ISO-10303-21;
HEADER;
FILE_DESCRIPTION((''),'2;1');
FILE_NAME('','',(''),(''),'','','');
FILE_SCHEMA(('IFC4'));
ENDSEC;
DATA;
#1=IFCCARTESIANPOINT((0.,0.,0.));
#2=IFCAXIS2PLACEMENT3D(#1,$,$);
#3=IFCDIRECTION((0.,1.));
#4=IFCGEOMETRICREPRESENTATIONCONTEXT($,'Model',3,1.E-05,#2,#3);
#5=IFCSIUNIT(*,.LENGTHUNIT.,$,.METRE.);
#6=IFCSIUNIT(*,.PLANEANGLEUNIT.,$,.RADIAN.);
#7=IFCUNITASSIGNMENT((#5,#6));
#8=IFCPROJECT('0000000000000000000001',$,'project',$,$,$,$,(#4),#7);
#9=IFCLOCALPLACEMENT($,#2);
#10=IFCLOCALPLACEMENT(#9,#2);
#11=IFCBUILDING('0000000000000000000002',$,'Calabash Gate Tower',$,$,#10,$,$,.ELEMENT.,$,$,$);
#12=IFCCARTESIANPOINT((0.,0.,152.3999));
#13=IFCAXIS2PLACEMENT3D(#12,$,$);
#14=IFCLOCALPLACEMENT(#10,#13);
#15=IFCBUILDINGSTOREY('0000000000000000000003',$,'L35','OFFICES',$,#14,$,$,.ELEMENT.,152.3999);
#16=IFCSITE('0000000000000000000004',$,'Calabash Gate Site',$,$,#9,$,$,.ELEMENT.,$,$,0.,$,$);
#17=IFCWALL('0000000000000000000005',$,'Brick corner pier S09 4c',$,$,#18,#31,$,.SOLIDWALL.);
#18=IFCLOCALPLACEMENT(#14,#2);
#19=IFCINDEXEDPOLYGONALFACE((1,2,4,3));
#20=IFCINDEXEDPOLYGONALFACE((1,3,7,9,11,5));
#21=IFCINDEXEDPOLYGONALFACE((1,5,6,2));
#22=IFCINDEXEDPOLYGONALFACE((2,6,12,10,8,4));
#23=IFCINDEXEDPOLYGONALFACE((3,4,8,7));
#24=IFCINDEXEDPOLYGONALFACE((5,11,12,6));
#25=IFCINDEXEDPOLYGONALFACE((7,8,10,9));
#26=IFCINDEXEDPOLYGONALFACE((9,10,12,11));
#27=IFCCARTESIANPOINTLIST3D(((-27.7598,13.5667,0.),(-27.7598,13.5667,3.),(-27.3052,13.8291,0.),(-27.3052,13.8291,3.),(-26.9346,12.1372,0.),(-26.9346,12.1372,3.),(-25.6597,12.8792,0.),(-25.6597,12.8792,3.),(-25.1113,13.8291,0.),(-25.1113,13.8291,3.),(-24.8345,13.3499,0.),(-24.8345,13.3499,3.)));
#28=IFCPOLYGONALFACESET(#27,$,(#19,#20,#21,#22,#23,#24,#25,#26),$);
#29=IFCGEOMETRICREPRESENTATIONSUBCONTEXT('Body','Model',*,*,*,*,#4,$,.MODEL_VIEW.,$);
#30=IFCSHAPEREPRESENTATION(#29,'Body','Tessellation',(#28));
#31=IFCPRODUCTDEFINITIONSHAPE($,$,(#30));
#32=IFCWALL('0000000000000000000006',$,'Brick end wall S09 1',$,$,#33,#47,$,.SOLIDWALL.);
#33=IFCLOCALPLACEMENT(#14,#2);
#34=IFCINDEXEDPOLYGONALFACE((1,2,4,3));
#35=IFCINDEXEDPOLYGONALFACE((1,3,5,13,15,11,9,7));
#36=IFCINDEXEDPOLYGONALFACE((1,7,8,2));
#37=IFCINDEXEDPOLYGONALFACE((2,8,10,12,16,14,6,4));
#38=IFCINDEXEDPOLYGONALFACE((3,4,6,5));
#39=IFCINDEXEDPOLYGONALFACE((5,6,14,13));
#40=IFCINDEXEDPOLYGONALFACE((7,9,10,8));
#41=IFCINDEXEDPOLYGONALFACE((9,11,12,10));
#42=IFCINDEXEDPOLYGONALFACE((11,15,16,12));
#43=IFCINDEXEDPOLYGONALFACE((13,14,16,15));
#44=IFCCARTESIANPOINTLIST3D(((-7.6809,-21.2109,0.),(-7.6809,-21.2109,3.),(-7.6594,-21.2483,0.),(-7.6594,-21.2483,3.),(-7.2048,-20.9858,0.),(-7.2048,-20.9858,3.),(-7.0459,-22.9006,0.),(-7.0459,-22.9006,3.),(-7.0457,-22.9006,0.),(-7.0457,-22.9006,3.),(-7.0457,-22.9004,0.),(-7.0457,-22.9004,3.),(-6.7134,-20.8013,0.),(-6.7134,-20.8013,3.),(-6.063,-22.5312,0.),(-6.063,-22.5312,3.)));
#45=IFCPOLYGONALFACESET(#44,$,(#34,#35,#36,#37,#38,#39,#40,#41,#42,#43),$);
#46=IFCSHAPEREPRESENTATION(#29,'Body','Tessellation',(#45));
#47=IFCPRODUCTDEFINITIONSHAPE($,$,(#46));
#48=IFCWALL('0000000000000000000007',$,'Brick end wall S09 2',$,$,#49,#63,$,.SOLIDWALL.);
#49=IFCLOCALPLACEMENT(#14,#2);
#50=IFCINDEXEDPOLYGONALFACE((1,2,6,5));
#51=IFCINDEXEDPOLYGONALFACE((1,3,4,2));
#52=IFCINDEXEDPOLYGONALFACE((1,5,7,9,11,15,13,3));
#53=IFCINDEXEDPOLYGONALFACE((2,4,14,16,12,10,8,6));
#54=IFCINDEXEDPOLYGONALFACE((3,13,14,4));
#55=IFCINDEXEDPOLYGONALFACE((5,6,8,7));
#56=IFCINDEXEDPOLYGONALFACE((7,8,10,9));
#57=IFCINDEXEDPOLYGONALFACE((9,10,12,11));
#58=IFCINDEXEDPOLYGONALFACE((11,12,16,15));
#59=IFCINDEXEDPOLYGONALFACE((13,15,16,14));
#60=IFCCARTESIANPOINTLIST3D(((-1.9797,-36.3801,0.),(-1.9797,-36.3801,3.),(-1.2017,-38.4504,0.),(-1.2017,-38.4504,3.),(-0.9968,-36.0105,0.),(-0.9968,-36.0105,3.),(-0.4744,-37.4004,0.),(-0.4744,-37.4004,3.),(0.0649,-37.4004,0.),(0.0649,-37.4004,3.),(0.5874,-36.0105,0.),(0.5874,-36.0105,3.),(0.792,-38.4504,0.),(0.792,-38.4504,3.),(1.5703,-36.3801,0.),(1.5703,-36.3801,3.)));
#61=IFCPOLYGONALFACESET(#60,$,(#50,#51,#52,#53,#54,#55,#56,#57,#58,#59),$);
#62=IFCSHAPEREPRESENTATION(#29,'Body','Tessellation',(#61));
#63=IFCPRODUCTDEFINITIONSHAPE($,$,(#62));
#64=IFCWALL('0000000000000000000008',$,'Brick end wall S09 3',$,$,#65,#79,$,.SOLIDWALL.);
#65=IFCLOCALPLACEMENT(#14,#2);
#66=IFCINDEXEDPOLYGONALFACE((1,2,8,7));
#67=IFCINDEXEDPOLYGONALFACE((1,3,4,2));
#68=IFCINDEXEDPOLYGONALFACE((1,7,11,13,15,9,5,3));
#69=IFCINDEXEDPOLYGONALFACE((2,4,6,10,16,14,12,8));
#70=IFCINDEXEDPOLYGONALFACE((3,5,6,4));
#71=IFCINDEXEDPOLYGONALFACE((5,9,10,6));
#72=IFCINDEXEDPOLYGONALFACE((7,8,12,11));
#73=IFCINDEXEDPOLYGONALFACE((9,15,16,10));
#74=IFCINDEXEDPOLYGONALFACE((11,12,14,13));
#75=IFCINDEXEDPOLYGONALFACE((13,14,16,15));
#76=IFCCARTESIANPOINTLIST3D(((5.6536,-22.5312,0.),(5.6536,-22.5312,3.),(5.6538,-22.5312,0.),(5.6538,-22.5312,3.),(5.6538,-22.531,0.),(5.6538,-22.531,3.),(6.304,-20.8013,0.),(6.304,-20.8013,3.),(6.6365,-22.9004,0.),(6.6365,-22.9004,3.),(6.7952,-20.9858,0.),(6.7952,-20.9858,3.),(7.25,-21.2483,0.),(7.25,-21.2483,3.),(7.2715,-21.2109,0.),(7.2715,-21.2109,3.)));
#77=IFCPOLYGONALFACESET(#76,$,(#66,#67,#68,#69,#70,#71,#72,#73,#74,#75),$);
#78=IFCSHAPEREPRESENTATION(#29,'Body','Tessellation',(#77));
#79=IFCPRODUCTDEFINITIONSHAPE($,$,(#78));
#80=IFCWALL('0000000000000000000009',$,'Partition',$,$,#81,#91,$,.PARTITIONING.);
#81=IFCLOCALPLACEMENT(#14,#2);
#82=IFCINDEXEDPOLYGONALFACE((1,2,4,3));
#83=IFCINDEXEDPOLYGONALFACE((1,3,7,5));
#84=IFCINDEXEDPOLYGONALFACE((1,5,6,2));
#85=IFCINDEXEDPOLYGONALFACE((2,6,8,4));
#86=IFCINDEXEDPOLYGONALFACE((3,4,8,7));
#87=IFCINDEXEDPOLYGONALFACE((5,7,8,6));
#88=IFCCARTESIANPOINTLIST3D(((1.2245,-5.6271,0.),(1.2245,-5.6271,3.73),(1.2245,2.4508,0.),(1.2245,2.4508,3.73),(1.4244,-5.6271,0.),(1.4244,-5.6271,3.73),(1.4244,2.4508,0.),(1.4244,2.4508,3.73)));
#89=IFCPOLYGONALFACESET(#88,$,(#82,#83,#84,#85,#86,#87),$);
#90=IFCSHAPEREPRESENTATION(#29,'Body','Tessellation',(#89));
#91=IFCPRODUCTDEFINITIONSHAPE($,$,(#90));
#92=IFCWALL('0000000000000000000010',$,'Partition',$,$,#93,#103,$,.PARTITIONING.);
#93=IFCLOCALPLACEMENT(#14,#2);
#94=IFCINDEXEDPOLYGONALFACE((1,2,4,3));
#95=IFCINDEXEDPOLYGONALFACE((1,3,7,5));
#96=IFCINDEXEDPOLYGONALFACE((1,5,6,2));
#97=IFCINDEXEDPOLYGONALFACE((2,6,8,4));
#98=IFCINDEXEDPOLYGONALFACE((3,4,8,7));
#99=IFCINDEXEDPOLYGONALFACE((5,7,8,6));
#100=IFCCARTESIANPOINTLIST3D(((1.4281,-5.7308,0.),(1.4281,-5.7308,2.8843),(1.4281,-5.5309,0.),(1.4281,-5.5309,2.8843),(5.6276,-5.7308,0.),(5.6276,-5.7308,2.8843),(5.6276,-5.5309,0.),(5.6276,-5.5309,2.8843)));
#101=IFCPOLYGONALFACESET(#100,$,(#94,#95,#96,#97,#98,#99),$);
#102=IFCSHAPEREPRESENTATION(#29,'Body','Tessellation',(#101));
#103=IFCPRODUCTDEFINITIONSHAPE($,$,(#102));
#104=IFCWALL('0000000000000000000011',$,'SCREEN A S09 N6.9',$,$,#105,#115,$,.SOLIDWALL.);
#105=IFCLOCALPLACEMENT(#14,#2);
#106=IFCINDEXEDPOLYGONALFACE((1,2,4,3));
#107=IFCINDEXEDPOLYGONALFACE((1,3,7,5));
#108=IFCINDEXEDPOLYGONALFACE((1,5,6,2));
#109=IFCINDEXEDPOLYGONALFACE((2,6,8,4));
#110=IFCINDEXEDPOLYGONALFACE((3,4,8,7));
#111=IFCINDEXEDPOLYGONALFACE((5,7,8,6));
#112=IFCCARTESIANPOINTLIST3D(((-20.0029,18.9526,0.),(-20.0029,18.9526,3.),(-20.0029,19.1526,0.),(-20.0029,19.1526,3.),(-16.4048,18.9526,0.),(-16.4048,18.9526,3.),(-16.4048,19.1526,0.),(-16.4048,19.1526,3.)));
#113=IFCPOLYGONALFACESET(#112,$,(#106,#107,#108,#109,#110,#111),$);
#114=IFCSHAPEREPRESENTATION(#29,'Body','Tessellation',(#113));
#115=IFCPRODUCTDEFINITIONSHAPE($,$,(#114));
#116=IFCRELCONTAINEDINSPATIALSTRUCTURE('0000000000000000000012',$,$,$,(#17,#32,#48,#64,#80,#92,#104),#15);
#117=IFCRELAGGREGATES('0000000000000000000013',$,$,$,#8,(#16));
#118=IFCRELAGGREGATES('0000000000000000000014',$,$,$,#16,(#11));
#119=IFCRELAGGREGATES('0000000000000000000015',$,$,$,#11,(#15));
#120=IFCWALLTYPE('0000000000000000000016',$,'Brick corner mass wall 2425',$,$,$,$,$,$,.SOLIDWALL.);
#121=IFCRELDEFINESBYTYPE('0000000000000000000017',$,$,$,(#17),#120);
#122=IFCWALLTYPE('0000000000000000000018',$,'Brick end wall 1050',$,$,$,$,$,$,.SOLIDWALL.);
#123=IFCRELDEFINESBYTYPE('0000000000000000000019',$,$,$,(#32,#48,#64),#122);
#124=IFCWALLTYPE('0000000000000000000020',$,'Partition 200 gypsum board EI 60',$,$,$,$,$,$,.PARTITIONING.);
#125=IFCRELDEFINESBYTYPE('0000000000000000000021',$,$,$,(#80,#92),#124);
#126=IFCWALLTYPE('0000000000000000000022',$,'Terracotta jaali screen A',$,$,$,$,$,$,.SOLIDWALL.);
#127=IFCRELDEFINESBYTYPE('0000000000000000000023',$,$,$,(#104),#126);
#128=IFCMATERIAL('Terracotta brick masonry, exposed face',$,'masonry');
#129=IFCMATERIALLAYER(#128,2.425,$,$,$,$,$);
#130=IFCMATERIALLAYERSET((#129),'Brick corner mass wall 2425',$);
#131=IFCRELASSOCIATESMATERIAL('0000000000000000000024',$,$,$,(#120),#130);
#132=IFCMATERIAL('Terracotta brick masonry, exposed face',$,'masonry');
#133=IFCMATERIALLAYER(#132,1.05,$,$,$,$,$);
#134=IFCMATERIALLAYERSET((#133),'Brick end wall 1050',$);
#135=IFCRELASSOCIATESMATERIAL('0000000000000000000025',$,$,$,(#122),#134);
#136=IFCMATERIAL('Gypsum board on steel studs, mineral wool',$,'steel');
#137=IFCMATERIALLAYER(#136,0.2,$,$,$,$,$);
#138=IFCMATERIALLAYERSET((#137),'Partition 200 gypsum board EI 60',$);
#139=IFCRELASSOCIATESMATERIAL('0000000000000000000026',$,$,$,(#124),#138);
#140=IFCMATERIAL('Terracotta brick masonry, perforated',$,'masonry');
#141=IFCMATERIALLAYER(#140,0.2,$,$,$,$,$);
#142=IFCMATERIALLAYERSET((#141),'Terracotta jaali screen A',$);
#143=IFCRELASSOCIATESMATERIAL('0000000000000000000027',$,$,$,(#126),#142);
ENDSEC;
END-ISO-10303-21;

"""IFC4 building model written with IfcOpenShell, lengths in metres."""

from ifc_helpers import new_model, si_unit, direction, frame, frame_2d, origin, place, context, subcontext, project, spatial, polyline, rectangle, outline, extrude, material, layer, layer_set, type_object, element, save


model = new_model("IFC4")

# Units and contexts
model_context = context("Model", 3, precision=1e-05, world=origin(), true_north=direction((0.0, 1.0)))
body_context = subcontext(model_context, "Body", "Model", "MODEL_VIEW")
ifc_project = project(units=[si_unit("LENGTHUNIT", "METRE"), si_unit("PLANEANGLEUNIT", "RADIAN")], contexts=[model_context])

# Site, building, storey
site_placement = place(None, origin())
site = spatial("IfcSite", under=ifc_project, at=site_placement, Name="Calabash Gate Site", CompositionType="ELEMENT", RefElevation=0.0)
building_placement = place(site_placement, origin())
building = spatial("IfcBuilding", under=site, at=building_placement, Name="Calabash Gate Tower", CompositionType="ELEMENT")
storey_placement = place(building_placement, frame((0.0, 0.0, 152.3999)))
storey = spatial("IfcBuildingStorey", under=building, at=storey_placement, Name="L35", Description="OFFICES", CompositionType="ELEMENT", Elevation=152.3999)

# Walls
ifc_material_1 = material(Name="Terracotta brick masonry, exposed face", Category="masonry")
ifc_layer_1 = layer(ifc_material_1, 2.425)
ifc_layer_set_1 = layer_set([ifc_layer_1], Name="Brick corner mass wall 2425")
wall_type_1 = type_object("IfcWallType", Name="Brick corner mass wall 2425", PredefinedType="SOLIDWALL", material=ifc_layer_set_1)
wall_1_placement = place(storey_placement, origin())
element("IfcWall", 1, at=wall_1_placement, inside=storey, type_object=wall_type_1, Name="Brick corner pier S09 4c", PredefinedType="SOLIDWALL", context=body_context, shape_type="SweptSolid", body=[
    extrude(outline(polyline([(-24.8345, 13.3499), (-25.1113, 13.8291), (-25.6597, 12.8792), (-27.3052, 13.8291), (-27.7598, 13.5667), (-26.9346, 12.1372), (-24.8345, 13.3499)])), origin(), (0.0, 0.0, 1.0), 3.0),
])
ifc_material_2 = material(Name="Terracotta brick masonry, exposed face", Category="masonry")
ifc_layer_2 = layer(ifc_material_2, 1.05)
ifc_layer_set_2 = layer_set([ifc_layer_2], Name="Brick end wall 1050")
wall_type_2 = type_object("IfcWallType", Name="Brick end wall 1050", PredefinedType="SOLIDWALL", material=ifc_layer_set_2)
wall_2_placement = place(storey_placement, origin())
element("IfcWall", 2, at=wall_2_placement, inside=storey, type_object=wall_type_2, Name="Brick end wall S09 1", PredefinedType="SOLIDWALL", context=body_context, shape_type="SweptSolid", body=[
    extrude(outline(polyline([(-6.063, -22.5312), (-6.7134, -20.8013), (-7.2048, -20.9858), (-7.6594, -21.2483), (-7.6809, -21.2109), (-7.0459, -22.9006), (-7.0457, -22.9006), (-7.0457, -22.9004), (-6.063, -22.5312)])), origin(), (0.0, 0.0, 1.0), 3.0),
])
wall_3_placement = place(storey_placement, origin())
element("IfcWall", 3, at=wall_3_placement, inside=storey, type_object=wall_type_2, Name="Brick end wall S09 2", PredefinedType="SOLIDWALL", context=body_context, shape_type="SweptSolid", body=[
    extrude(outline(polyline([(-0.4744, -37.4004), (-0.9968, -36.0105), (-1.9797, -36.3801), (-1.2017, -38.4504), (0.792, -38.4504), (1.5703, -36.3801), (0.5874, -36.0105), (0.0649, -37.4004), (-0.4744, -37.4004)])), origin(), (0.0, 0.0, 1.0), 3.0),
])
wall_4_placement = place(storey_placement, origin())
element("IfcWall", 4, at=wall_4_placement, inside=storey, type_object=wall_type_2, Name="Brick end wall S09 3", PredefinedType="SOLIDWALL", context=body_context, shape_type="SweptSolid", body=[
    extrude(outline(polyline([(6.304, -20.8013), (5.6536, -22.5312), (5.6538, -22.5312), (5.6538, -22.531), (6.6365, -22.9004), (7.2715, -21.2109), (7.25, -21.2483), (6.7952, -20.9858), (6.304, -20.8013)])), origin(), (0.0, 0.0, 1.0), 3.0),
])
ifc_material_3 = material(Name="Gypsum board on steel studs, mineral wool", Category="steel")
ifc_layer_3 = layer(ifc_material_3, 0.2)
ifc_layer_set_3 = layer_set([ifc_layer_3], Name="Partition 200 gypsum board EI 60")
wall_type_3 = type_object("IfcWallType", Name="Partition 200 gypsum board EI 60", PredefinedType="PARTITIONING", material=ifc_layer_set_3)
wall_5_placement = place(storey_placement, frame((1.3245, -5.6272, 0.0), z_axis=(0.0, 0.0, 1.0), x_axis=(0.0, 1.0, 0.0)))
element("IfcWall", 5, at=wall_5_placement, inside=storey, type_object=wall_type_3, Name="Partition", PredefinedType="PARTITIONING", context=body_context, shape_type="SweptSolid", body=[
    extrude(rectangle(XDim=8.0779, YDim=0.2, at=frame_2d((4.0391, 0.0))), origin(), (0.0, 0.0, 1.0), 3.73),
])
wall_6_placement = place(storey_placement, frame((1.4282, -5.6309, 0.0), z_axis=(0.0, 0.0, 1.0), x_axis=(1.0, 0.0, 0.0)))
element("IfcWall", 6, at=wall_6_placement, inside=storey, type_object=wall_type_3, Name="Partition", PredefinedType="PARTITIONING", context=body_context, shape_type="SweptSolid", body=[
    extrude(rectangle(XDim=4.1995, YDim=0.2, at=frame_2d((2.0996, 0.0))), origin(), (0.0, 0.0, 1.0), 2.8843),
])
ifc_material_4 = material(Name="Terracotta brick masonry, perforated", Category="masonry")
ifc_layer_4 = layer(ifc_material_4, 0.2)
ifc_layer_set_4 = layer_set([ifc_layer_4], Name="Terracotta jaali screen A")
wall_type_4 = type_object("IfcWallType", Name="Terracotta jaali screen A", PredefinedType="SOLIDWALL", material=ifc_layer_set_4)
wall_7_placement = place(storey_placement, origin())
element("IfcWall", 7, at=wall_7_placement, inside=storey, type_object=wall_type_4, Name="SCREEN A S09 N6.9", PredefinedType="SOLIDWALL", context=body_context, shape_type="SweptSolid", body=[
    extrude(outline(polyline([(-16.4048, 19.1526), (-20.0029, 19.1526), (-20.0029, 18.9526), (-16.4048, 18.9526), (-16.4048, 19.1526)])), origin(), (0.0, 0.0, 1.0), 3.0),
])

save(model, "model.ifc")
